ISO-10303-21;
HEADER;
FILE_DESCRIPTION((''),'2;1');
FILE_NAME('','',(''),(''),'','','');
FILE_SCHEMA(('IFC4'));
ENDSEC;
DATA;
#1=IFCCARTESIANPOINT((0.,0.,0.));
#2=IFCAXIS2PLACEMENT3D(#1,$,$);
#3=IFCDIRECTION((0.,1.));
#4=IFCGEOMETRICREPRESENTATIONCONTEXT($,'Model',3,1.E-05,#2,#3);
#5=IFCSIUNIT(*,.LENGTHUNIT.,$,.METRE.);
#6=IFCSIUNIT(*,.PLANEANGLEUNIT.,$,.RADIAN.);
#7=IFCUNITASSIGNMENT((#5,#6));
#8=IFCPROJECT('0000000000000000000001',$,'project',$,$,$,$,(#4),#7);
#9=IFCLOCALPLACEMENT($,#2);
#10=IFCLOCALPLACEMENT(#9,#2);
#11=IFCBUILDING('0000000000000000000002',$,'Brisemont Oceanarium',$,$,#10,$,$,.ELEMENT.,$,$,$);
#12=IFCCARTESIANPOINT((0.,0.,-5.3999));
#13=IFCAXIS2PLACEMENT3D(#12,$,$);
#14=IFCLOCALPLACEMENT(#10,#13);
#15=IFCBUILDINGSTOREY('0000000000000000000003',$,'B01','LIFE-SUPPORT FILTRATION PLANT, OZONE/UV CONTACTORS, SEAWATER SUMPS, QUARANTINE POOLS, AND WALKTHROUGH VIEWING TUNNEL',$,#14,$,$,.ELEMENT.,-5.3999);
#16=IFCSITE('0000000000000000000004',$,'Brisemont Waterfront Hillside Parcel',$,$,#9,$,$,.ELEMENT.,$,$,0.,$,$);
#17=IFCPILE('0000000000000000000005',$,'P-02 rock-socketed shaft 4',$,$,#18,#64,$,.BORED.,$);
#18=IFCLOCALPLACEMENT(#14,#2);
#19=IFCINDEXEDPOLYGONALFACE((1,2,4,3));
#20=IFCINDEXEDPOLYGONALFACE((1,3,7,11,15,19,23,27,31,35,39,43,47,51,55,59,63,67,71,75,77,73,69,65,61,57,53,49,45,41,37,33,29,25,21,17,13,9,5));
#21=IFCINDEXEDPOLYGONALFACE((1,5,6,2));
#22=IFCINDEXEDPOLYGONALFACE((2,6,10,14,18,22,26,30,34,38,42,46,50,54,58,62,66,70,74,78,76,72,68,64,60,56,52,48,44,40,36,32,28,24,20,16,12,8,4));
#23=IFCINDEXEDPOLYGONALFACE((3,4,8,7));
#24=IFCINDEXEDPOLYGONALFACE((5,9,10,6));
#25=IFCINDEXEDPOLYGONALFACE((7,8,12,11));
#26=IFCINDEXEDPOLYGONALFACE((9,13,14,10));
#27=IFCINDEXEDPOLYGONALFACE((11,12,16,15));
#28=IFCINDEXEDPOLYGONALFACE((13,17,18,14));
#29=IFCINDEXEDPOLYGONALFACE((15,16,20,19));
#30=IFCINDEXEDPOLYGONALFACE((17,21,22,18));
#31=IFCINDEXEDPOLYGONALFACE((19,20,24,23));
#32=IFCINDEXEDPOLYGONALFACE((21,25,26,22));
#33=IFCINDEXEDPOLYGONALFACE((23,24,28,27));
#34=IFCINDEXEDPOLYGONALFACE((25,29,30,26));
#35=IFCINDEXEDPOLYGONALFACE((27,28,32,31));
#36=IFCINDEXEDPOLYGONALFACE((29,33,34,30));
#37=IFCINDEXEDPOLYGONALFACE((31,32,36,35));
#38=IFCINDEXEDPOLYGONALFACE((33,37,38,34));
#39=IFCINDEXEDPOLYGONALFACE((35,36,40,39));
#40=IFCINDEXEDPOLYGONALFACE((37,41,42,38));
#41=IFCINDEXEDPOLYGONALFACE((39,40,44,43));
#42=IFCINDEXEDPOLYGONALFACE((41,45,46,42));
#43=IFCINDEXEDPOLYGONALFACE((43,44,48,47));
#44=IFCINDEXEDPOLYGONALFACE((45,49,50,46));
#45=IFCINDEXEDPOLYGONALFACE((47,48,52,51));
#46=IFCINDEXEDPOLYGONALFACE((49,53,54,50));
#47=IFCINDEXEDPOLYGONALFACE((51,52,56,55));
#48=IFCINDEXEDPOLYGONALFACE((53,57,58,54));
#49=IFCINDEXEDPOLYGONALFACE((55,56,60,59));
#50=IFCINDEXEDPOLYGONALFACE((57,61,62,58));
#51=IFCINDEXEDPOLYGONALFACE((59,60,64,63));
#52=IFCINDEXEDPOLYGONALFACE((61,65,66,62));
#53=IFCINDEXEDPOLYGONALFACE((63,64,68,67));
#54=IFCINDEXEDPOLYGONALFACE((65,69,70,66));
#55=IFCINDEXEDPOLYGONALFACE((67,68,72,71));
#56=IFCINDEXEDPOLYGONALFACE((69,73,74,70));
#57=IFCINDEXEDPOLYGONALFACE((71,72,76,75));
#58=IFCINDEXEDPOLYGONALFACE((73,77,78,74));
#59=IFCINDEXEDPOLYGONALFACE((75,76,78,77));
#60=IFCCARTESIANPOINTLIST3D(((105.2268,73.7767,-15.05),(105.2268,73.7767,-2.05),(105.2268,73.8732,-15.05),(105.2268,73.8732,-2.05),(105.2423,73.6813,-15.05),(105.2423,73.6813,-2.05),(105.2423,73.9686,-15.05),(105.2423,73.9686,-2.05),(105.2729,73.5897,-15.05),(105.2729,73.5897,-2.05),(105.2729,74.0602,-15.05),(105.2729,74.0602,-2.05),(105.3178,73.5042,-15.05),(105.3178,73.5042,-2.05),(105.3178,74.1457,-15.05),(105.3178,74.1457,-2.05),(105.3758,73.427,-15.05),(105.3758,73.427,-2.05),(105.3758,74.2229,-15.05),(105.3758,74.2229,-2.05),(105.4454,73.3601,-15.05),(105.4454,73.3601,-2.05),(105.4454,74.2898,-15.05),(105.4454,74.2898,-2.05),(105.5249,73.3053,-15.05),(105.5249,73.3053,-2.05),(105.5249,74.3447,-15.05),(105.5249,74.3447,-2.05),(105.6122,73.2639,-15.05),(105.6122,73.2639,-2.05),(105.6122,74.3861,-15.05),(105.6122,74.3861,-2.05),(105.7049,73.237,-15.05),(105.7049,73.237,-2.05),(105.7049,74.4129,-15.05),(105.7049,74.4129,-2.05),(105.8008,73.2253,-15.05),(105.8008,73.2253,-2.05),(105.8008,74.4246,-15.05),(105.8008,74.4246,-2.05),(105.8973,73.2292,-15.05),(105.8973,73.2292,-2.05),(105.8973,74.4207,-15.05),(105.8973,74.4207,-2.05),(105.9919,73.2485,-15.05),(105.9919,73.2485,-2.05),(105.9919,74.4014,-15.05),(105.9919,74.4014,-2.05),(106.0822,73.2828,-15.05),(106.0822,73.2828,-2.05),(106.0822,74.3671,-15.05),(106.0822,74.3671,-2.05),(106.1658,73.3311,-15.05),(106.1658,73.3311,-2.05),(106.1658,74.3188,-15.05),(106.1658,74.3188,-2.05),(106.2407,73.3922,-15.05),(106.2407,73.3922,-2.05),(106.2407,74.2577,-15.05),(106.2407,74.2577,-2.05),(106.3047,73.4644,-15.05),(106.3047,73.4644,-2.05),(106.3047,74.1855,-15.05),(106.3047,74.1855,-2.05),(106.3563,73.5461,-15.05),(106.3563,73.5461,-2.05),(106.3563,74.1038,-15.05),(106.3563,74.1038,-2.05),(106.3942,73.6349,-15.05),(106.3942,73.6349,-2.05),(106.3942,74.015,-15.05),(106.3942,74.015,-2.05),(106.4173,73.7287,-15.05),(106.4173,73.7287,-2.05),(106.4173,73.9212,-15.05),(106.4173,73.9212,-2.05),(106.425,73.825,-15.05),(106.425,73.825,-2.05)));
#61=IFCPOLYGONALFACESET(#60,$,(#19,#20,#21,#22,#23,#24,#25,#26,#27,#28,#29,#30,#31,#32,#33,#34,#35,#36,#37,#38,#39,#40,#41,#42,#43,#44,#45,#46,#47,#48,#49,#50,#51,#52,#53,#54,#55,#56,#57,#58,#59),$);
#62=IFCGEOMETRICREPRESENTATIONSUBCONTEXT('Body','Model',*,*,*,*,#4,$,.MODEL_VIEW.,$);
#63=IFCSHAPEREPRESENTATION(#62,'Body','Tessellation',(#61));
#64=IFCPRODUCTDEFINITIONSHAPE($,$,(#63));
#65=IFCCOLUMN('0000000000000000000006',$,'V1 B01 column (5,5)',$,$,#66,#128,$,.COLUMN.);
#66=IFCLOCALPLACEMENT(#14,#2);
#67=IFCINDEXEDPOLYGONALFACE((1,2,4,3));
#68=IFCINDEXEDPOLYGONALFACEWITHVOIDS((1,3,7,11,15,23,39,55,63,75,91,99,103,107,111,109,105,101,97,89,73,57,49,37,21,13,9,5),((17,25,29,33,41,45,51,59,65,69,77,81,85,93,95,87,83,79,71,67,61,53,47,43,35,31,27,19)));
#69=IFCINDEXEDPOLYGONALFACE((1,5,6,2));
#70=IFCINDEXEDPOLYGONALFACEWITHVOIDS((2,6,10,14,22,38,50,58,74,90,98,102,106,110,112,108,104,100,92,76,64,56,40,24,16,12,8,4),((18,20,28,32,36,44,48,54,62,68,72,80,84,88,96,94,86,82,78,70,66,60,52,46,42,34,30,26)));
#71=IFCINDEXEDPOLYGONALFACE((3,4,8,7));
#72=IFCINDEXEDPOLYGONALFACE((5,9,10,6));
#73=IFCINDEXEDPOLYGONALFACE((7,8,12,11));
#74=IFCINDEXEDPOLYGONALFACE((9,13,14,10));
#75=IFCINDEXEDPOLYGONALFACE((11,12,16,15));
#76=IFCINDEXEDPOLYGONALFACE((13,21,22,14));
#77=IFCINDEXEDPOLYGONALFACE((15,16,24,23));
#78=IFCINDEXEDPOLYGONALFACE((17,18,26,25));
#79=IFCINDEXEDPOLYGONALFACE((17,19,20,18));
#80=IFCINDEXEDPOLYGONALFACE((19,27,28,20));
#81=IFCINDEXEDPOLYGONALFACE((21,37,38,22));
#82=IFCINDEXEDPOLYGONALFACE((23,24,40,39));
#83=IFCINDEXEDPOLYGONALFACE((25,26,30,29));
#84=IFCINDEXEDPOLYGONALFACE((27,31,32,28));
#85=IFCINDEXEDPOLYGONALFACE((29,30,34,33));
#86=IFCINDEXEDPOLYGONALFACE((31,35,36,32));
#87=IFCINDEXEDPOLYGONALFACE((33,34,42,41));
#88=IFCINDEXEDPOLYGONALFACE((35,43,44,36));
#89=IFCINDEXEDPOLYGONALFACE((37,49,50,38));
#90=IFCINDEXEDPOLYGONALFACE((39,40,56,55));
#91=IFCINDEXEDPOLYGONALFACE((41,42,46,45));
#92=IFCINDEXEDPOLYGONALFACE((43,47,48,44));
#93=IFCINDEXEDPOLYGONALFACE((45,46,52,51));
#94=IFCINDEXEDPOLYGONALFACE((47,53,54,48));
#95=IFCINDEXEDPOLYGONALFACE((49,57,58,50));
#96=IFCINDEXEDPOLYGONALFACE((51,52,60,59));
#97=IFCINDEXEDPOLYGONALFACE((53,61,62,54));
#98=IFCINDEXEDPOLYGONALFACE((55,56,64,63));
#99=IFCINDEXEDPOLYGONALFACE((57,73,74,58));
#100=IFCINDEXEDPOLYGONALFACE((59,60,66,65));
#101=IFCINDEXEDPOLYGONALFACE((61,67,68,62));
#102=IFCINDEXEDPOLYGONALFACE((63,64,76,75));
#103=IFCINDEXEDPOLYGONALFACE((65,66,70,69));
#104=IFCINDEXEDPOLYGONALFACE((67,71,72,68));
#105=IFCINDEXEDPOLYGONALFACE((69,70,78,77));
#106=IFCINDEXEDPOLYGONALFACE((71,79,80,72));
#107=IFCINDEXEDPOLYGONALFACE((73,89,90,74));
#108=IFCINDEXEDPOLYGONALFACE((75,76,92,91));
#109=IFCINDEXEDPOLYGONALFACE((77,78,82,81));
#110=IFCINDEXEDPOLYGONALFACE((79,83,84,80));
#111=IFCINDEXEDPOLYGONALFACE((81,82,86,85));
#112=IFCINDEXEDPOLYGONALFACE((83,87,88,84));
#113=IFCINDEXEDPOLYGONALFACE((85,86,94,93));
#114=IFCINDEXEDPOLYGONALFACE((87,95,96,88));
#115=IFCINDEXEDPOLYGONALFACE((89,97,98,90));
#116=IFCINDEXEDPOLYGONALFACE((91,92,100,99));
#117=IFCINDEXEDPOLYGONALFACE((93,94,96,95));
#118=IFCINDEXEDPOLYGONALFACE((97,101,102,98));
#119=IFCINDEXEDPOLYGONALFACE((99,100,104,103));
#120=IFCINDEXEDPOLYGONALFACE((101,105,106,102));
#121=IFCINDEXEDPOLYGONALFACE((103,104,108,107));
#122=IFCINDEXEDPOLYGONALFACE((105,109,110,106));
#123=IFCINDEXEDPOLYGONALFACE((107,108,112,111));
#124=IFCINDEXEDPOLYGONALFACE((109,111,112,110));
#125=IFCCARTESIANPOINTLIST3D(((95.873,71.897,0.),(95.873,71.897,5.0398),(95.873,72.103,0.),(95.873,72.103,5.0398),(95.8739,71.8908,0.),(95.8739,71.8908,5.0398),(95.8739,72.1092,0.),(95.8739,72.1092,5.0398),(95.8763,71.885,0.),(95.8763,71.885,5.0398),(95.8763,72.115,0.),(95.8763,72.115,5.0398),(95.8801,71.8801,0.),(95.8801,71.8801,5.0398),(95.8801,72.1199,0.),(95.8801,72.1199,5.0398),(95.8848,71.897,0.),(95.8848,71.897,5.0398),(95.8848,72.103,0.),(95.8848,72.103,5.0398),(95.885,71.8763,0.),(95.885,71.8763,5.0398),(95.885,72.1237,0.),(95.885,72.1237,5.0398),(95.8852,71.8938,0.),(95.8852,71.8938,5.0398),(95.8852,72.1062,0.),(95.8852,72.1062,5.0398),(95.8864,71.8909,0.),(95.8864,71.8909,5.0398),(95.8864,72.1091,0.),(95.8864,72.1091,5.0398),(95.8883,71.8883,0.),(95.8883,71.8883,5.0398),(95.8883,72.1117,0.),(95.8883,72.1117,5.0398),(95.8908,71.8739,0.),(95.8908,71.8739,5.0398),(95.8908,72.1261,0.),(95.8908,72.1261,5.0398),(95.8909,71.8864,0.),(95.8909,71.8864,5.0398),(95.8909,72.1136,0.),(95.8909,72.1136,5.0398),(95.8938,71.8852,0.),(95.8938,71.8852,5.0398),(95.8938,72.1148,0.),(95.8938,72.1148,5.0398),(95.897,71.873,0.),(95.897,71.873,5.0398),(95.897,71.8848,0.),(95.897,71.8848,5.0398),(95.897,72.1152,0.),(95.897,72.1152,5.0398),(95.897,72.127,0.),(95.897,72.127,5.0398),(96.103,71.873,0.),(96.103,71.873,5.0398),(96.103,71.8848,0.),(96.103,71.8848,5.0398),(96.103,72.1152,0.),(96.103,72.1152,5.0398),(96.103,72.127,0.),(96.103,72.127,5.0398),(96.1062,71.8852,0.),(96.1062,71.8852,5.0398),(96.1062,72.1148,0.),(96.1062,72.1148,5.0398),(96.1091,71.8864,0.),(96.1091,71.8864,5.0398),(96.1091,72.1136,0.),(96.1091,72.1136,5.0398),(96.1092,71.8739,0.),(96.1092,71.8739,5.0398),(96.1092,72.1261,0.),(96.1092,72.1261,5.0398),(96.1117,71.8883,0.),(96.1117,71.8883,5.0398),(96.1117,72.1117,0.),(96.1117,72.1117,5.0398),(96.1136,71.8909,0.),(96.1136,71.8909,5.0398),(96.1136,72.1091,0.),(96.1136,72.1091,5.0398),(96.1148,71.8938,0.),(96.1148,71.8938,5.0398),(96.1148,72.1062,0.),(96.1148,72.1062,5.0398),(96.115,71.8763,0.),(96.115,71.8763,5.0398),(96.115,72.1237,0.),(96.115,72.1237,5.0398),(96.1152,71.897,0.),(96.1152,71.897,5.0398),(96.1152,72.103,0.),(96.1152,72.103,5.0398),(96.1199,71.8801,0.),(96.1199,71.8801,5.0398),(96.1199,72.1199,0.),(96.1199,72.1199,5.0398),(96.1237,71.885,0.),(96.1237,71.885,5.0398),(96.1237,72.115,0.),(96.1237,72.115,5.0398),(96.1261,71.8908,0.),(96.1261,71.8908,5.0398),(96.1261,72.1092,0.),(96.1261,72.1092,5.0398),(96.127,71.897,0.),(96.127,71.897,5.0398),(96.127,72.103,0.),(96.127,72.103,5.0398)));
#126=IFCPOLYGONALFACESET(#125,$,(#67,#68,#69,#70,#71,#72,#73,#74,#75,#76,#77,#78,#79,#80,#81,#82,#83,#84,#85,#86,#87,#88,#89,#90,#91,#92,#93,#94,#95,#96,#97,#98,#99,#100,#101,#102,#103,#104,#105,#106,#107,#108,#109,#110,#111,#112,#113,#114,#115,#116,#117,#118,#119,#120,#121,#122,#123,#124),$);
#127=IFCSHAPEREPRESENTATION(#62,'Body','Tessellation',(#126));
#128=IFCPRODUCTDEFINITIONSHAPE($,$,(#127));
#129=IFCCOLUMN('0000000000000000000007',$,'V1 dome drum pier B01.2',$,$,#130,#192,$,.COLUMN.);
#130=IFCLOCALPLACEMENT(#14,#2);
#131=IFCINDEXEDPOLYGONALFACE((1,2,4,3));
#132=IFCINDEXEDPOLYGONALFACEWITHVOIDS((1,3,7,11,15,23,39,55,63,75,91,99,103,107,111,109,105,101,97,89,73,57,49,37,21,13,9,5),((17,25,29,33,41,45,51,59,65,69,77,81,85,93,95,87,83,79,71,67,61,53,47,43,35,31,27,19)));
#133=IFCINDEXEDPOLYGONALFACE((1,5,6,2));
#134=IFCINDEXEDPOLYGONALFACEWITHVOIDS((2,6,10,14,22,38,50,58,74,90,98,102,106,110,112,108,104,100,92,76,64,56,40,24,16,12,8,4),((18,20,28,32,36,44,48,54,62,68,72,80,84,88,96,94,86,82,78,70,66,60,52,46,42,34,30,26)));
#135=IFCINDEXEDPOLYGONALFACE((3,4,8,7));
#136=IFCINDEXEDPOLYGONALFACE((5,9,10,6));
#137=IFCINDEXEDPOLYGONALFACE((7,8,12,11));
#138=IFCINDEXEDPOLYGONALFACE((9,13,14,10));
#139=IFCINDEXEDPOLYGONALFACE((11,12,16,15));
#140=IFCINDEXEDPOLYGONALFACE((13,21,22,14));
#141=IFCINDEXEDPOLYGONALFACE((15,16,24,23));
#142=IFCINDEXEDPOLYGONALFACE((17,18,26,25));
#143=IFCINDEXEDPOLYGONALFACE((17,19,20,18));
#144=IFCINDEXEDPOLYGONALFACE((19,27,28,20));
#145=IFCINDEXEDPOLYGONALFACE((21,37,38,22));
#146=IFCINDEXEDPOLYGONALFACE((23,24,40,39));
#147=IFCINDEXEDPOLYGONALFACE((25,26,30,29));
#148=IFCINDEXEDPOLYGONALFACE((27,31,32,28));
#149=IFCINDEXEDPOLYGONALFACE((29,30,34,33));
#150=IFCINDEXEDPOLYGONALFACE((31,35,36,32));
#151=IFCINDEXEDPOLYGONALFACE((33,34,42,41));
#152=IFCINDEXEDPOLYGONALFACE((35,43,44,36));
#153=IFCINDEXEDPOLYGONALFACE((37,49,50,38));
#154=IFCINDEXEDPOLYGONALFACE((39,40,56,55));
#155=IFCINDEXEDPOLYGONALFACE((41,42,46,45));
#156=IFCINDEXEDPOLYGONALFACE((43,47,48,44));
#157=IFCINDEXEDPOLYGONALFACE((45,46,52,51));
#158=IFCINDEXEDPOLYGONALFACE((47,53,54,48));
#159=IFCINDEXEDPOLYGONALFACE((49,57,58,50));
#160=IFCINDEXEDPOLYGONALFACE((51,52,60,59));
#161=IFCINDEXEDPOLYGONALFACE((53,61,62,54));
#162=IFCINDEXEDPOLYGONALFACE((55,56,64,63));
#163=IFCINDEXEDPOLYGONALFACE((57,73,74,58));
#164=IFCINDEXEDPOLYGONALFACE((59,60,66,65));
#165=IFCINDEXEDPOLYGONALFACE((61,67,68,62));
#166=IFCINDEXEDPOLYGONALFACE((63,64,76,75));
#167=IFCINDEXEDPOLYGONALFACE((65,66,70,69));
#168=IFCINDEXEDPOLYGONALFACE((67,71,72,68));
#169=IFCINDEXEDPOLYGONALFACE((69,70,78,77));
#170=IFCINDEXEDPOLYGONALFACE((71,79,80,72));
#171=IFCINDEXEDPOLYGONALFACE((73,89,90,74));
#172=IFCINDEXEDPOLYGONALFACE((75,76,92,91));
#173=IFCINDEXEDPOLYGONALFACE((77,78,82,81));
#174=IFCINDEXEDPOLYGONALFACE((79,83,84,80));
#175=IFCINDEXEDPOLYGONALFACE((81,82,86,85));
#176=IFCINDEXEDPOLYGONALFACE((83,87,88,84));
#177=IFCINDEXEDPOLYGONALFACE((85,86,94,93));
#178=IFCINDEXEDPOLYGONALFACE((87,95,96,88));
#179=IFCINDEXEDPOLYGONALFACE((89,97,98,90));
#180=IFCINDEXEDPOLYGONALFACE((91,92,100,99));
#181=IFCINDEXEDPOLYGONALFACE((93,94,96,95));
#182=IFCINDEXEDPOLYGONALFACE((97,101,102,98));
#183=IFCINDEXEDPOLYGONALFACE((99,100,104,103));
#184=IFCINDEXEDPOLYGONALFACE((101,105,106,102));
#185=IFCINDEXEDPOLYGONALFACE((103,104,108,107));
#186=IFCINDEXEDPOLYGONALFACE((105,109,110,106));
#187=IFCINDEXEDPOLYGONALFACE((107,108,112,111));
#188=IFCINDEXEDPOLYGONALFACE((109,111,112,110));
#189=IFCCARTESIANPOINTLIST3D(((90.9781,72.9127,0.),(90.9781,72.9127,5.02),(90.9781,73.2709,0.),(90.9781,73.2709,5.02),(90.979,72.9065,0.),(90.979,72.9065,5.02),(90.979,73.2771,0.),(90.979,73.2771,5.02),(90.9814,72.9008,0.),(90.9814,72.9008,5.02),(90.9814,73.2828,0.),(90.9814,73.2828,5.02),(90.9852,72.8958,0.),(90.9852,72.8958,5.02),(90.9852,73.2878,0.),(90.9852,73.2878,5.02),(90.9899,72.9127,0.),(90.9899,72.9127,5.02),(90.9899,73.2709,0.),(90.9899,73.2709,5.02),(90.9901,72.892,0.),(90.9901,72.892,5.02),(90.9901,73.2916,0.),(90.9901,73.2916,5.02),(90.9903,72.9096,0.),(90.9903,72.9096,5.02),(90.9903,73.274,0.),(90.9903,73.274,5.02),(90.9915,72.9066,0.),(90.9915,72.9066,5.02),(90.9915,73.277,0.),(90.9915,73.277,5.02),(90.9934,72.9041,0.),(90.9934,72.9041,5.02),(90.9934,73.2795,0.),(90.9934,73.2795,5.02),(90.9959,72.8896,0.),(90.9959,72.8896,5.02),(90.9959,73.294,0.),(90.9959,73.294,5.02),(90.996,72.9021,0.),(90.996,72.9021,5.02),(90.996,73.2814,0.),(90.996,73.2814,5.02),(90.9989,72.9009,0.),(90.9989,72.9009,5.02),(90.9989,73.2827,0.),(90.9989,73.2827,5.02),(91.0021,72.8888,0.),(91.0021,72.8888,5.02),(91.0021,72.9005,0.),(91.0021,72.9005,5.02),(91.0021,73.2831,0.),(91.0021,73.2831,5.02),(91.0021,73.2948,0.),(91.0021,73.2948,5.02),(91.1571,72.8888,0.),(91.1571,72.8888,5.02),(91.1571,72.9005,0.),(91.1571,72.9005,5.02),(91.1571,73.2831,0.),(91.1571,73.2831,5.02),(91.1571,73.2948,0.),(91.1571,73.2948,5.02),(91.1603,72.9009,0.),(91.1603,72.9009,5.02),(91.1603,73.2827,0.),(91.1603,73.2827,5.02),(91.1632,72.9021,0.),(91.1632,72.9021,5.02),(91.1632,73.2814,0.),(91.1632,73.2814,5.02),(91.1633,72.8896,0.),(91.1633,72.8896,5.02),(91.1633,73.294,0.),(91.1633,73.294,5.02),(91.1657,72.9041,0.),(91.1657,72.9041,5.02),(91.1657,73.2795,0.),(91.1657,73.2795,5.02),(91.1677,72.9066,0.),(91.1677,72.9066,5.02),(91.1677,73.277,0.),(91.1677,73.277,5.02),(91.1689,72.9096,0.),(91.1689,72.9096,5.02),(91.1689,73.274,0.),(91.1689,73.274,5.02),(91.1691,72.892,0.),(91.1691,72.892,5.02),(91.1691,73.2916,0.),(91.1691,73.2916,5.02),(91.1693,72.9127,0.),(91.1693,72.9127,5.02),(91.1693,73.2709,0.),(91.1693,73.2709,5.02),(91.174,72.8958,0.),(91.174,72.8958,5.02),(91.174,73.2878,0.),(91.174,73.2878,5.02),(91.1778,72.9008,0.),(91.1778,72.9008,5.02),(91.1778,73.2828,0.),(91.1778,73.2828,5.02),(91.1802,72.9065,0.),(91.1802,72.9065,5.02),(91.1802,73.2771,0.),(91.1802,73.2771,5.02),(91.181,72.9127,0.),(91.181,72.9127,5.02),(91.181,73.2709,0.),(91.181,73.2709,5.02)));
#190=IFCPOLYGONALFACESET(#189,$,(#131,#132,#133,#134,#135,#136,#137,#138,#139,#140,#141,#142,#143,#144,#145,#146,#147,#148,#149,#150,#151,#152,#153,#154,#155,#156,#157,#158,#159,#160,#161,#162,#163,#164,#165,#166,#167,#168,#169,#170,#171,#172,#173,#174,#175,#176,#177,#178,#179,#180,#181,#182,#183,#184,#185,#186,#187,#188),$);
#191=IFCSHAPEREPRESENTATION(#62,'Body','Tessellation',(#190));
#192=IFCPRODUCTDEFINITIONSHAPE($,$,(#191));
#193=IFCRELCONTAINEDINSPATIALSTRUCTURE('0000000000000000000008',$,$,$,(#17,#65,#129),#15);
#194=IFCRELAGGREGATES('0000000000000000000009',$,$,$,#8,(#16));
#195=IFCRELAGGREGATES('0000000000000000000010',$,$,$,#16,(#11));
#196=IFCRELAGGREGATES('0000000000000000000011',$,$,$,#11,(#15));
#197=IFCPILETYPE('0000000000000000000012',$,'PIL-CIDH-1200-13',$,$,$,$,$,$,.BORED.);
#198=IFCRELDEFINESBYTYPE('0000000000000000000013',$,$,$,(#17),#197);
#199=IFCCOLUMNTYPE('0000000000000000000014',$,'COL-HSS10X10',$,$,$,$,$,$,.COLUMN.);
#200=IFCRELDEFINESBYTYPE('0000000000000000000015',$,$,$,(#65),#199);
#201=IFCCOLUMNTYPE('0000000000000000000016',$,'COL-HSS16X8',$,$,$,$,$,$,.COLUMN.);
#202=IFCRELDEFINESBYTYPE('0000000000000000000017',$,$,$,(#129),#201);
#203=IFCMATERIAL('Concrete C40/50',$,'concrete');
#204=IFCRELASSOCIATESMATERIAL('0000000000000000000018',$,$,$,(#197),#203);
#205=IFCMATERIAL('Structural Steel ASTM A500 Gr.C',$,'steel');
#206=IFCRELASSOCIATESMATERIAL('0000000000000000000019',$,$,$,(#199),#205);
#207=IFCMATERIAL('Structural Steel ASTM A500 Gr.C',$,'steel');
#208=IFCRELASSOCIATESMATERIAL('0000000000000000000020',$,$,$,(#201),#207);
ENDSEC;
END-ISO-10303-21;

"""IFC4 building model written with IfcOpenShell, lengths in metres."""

from ifc_helpers import new_model, si_unit, direction, frame, origin, origin_2d, place, context, subcontext, project, spatial, hollow_rectangle, circle, extrude, material, material_profile, profile_set, type_object, element, save


model = new_model("IFC4")

# Units and contexts
model_context = context("Model", 3, precision=1e-05, world=origin(), true_north=direction((0.0, 1.0)))
body_context = subcontext(model_context, "Body", "Model", "MODEL_VIEW")
ifc_project = project(units=[si_unit("LENGTHUNIT", "METRE"), si_unit("PLANEANGLEUNIT", "RADIAN")], contexts=[model_context])

# Site, building, storey
site_placement = place(None, origin())
site = spatial("IfcSite", under=ifc_project, at=site_placement, Name="Brisemont Waterfront Hillside Parcel", CompositionType="ELEMENT", RefElevation=0.0)
building_placement = place(site_placement, origin())
building = spatial("IfcBuilding", under=site, at=building_placement, Name="Brisemont Oceanarium", CompositionType="ELEMENT")
storey_placement = place(building_placement, frame((0.0, 0.0, -5.3999)))
storey = spatial("IfcBuildingStorey", under=building, at=storey_placement, Name="B01", Description="LIFE-SUPPORT FILTRATION PLANT, OZONE/UV CONTACTORS, SEAWATER SUMPS, QUARANTINE POOLS, AND WALKTHROUGH VIEWING TUNNEL", CompositionType="ELEMENT", Elevation=-5.3999)

# Pile
ifc_material_1 = material(Name="Concrete C40/50", Category="concrete")
ifc_material_profile_1 = material_profile(ifc_material_1, circle(Radius=0.6001, at=origin_2d()), Name="CIDH-D1200")
ifc_profile_set_1 = profile_set([ifc_material_profile_1], Name="Concrete C40/50")
pile_type_1 = type_object("IfcPileType", Name="PIL-CIDH-1200-13", PredefinedType="BORED", material=ifc_profile_set_1)
for number, where, z_axis, x_axis, name in (
    (1, (105.825, 73.825, -2.05), (0.0, 0.0, -1.0), (1.0, 0.0, 0.0), "P-02 rock-socketed shaft 4"),
):
    element("IfcPile", number, at=place(storey_placement, frame(where, z_axis=z_axis, x_axis=x_axis)), inside=storey, type_object=pile_type_1, Name=name, PredefinedType="BORED", context=body_context, shape_type="SweptSolid", body=[
        extrude(circle(Radius=0.6001, at=origin_2d()), origin(), (0.0, 0.0, 1.0), 13.0),
    ])

# Columns
ifc_material_2 = material(Name="Structural Steel ASTM A500 Gr.C", Category="steel")
ifc_material_profile_2 = material_profile(ifc_material_2, hollow_rectangle(XDim=0.2539, YDim=0.2539, WallThickness=0.0117, InnerFilletRadius=0.0122, OuterFilletRadius=0.0239, at=origin_2d()), Name="HSS10X10X1/2")
ifc_profile_set_2 = profile_set([ifc_material_profile_2], Name="Structural Steel ASTM A500 Gr.C")
column_type_1 = type_object("IfcColumnType", Name="COL-HSS10X10", PredefinedType="COLUMN", material=ifc_profile_set_2)
column_1_placement = place(storey_placement, frame((96.0, 72.0, 0.0), z_axis=(0.0, 0.0, 1.0), x_axis=(1.0, 0.0, 0.0)))
element("IfcColumn", 2, at=column_1_placement, inside=storey, type_object=column_type_1, Name="V1 B01 column (5,5)", PredefinedType="COLUMN", context=body_context, shape_type="SweptSolid", body=[
    extrude(hollow_rectangle(XDim=0.2539, YDim=0.2539, WallThickness=0.0117, InnerFilletRadius=0.0122, OuterFilletRadius=0.0239, at=origin_2d()), origin(), (0.0, 0.0, 1.0), 5.0398),
])
ifc_material_3 = material(Name="Structural Steel ASTM A500 Gr.C", Category="steel")
ifc_material_profile_3 = material_profile(ifc_material_3, hollow_rectangle(XDim=0.2029, YDim=0.406, WallThickness=0.0117, InnerFilletRadius=0.0122, OuterFilletRadius=0.0239, at=origin_2d()), Name="HSS16X8X1/2")
ifc_profile_set_3 = profile_set([ifc_material_profile_3], Name="Structural Steel ASTM A500 Gr.C")
column_type_2 = type_object("IfcColumnType", Name="COL-HSS16X8", PredefinedType="COLUMN", material=ifc_profile_set_3)
column_2_placement = place(storey_placement, frame((91.0796, 73.0918, 0.0), z_axis=(0.0, 0.0, 1.0), x_axis=(1.0, 0.0, 0.0)))
element("IfcColumn", 3, at=column_2_placement, inside=storey, type_object=column_type_2, Name="V1 dome drum pier B01.2", PredefinedType="COLUMN", context=body_context, shape_type="SweptSolid", body=[
    extrude(hollow_rectangle(XDim=0.2029, YDim=0.406, WallThickness=0.0117, InnerFilletRadius=0.0122, OuterFilletRadius=0.0239, at=origin_2d()), origin(), (0.0, 0.0, 1.0), 5.02),
])

save(model, "model.ifc")
